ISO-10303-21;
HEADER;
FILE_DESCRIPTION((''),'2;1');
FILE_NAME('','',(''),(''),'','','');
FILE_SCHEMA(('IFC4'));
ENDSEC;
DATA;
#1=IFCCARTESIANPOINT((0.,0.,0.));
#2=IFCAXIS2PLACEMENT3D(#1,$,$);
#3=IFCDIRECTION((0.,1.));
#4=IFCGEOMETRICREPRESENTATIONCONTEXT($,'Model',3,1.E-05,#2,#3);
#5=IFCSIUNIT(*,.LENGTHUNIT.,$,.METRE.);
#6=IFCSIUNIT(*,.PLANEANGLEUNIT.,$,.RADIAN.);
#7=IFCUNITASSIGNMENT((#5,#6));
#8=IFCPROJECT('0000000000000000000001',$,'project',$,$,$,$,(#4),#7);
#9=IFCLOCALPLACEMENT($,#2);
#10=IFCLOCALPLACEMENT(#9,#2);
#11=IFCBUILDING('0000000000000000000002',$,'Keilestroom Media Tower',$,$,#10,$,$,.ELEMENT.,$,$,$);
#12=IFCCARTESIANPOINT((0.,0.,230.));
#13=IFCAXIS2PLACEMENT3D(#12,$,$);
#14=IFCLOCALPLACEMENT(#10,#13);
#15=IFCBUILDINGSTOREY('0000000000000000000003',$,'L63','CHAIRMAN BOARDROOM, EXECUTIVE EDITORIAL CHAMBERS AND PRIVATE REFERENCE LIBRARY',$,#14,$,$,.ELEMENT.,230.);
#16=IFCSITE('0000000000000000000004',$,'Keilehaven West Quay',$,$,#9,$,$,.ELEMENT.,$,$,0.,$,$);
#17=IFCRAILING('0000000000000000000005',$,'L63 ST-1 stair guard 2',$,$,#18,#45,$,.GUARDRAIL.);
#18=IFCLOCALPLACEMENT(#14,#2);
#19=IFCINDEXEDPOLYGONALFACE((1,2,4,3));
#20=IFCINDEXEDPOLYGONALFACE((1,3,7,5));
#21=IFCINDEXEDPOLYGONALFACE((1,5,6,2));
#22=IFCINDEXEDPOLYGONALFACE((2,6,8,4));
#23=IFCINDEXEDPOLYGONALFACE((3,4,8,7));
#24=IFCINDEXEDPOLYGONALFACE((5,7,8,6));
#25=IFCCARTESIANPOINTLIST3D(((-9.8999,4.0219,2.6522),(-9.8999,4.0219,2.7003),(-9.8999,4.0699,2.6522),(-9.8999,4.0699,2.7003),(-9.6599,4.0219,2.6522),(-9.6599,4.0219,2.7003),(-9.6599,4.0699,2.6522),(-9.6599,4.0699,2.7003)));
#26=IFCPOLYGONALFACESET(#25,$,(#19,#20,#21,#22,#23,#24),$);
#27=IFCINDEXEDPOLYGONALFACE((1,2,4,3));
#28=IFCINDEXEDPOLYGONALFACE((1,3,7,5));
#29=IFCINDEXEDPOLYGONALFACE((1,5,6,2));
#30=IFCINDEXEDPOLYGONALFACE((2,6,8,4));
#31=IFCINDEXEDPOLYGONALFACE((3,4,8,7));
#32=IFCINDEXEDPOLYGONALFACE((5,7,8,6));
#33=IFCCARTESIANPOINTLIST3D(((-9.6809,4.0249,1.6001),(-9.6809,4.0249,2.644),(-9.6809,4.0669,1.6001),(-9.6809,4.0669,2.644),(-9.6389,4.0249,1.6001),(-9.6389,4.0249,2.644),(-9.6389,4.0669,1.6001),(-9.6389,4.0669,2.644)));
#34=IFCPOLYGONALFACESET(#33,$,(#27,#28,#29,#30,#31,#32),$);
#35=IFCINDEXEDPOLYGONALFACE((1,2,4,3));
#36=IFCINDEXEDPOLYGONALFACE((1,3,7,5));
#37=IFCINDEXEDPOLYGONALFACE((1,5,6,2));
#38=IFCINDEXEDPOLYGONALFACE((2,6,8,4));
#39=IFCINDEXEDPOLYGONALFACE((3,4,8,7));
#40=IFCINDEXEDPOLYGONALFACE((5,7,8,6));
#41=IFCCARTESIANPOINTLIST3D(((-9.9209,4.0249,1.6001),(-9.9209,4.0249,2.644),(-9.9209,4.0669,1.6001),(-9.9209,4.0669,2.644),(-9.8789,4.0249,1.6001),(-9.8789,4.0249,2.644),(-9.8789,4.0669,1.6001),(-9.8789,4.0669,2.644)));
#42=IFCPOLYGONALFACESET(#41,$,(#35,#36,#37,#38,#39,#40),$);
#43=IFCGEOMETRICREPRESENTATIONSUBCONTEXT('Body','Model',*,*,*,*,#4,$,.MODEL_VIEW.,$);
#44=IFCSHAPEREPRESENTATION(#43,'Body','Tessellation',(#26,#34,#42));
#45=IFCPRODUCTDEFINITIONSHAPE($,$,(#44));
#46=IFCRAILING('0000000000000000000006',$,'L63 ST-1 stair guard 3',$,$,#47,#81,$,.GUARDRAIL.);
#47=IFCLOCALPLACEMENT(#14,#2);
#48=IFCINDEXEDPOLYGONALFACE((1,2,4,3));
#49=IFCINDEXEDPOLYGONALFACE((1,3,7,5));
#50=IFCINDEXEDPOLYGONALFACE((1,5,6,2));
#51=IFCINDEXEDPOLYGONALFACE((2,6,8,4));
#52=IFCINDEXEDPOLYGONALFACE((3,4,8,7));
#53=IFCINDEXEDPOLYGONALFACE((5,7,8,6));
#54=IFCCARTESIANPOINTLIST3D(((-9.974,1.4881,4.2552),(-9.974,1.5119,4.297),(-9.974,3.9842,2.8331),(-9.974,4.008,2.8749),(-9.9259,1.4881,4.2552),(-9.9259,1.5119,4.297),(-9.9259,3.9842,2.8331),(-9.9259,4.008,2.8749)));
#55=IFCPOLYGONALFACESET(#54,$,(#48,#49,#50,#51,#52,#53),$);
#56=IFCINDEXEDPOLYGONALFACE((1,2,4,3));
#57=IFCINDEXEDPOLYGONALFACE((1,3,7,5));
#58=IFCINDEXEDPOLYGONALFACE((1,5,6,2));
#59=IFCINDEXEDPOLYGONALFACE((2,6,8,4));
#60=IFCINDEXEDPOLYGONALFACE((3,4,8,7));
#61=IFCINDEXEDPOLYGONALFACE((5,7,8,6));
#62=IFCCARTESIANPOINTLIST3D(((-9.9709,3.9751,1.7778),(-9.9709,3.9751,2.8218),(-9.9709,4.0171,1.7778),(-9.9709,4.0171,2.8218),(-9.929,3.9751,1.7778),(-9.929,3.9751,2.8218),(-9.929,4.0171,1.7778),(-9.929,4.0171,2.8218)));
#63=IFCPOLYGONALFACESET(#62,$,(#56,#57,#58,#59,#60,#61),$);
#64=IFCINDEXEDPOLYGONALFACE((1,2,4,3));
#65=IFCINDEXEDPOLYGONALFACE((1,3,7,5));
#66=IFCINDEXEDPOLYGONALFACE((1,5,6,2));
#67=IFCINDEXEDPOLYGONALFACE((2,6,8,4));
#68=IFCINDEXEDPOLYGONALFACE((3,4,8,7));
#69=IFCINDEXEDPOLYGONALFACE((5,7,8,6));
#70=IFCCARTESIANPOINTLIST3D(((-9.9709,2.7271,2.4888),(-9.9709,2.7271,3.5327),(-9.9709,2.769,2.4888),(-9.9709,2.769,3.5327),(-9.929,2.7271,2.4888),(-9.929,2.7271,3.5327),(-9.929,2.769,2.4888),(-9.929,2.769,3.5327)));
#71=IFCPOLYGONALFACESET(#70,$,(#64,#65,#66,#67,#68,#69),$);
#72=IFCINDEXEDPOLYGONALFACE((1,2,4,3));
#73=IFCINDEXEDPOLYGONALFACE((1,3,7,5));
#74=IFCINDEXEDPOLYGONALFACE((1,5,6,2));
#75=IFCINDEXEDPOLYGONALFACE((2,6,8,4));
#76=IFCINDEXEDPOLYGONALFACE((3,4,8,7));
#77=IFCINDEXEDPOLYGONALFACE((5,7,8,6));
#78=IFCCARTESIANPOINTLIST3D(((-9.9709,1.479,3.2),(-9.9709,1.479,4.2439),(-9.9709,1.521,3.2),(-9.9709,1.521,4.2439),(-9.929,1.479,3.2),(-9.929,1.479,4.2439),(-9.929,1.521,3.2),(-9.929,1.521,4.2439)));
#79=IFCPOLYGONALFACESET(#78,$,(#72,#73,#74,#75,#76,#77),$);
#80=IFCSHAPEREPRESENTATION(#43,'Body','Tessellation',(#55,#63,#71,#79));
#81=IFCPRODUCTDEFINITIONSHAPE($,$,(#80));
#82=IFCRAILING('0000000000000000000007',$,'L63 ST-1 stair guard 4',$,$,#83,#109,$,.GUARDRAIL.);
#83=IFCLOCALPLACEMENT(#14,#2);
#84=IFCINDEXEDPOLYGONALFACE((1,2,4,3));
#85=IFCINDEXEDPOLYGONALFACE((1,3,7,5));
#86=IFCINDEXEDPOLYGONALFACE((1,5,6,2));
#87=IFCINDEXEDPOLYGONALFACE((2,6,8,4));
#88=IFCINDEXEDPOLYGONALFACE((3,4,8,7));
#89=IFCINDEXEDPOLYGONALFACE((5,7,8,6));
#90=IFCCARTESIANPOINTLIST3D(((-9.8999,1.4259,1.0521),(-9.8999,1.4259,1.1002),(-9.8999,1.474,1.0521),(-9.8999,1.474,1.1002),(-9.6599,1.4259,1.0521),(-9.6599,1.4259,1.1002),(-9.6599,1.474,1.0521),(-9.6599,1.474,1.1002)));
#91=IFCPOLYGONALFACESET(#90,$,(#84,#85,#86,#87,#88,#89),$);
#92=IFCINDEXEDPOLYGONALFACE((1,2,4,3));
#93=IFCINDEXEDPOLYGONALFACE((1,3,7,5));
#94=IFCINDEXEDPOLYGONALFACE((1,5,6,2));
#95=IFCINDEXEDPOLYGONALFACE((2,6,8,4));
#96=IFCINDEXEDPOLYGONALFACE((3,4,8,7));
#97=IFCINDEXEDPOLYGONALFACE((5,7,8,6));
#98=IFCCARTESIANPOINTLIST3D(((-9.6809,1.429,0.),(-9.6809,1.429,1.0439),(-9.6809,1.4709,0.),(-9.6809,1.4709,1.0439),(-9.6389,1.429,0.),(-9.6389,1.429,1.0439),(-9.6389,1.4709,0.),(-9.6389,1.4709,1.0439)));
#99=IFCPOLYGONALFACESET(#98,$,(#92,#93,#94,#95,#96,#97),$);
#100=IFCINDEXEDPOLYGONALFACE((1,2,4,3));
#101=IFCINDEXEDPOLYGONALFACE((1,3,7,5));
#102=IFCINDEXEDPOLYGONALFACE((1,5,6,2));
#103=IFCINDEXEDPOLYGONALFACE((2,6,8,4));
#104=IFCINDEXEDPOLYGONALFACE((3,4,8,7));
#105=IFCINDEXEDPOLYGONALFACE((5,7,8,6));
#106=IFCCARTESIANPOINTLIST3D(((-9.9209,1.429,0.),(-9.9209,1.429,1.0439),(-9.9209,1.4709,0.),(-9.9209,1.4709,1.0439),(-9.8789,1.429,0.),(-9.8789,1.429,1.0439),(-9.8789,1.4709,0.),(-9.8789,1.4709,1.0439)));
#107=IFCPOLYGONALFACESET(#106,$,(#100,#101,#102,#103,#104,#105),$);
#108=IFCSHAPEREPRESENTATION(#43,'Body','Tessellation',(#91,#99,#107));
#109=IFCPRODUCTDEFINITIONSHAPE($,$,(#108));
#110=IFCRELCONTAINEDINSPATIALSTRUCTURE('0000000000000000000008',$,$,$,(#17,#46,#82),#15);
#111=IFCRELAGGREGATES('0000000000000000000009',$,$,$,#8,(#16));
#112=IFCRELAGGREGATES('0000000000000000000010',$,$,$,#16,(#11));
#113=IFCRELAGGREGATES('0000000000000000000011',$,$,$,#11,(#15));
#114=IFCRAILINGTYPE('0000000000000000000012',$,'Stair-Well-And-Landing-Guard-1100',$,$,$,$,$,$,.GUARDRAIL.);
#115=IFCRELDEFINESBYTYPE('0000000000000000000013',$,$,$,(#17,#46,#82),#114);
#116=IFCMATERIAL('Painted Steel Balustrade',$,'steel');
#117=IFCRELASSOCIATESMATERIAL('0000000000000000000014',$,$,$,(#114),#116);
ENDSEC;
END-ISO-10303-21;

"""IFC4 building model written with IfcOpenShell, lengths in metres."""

from ifc_helpers import new_model, si_unit, direction, frame, origin, origin_2d, place, context, subcontext, project, spatial, rectangle, extrude, material, type_object, element, save


model = new_model("IFC4")

# Units and contexts
model_context = context("Model", 3, precision=1e-05, world=origin(), true_north=direction((0.0, 1.0)))
body_context = subcontext(model_context, "Body", "Model", "MODEL_VIEW")
ifc_project = project(units=[si_unit("LENGTHUNIT", "METRE"), si_unit("PLANEANGLEUNIT", "RADIAN")], contexts=[model_context])

# Site, building, storey
site_placement = place(None, origin())
site = spatial("IfcSite", under=ifc_project, at=site_placement, Name="Keilehaven West Quay", CompositionType="ELEMENT", RefElevation=0.0)
building_placement = place(site_placement, origin())
building = spatial("IfcBuilding", under=site, at=building_placement, Name="Keilestroom Media Tower", CompositionType="ELEMENT")
storey_placement = place(building_placement, frame((0.0, 0.0, 230.0)))
storey = spatial("IfcBuildingStorey", under=building, at=storey_placement, Name="L63", Description="CHAIRMAN BOARDROOM, EXECUTIVE EDITORIAL CHAMBERS AND PRIVATE REFERENCE LIBRARY", CompositionType="ELEMENT", Elevation=230.0)

# Railings
ifc_material_1 = material(Name="Painted Steel Balustrade", Category="steel")
railing_type_1 = type_object("IfcRailingType", Name="Stair-Well-And-Landing-Guard-1100", PredefinedType="GUARDRAIL", material=ifc_material_1)
railing_1_placement = place(storey_placement, frame((-9.6599, 4.0459, 1.6001)))
element("IfcRailing", 1, at=railing_1_placement, inside=storey, type_object=railing_type_1, Name="L63 ST-1 stair guard 2", PredefinedType="GUARDRAIL", context=body_context, shape_type="SweptSolid", body=[
    extrude(rectangle(XDim=0.0481, YDim=0.0481, at=origin_2d()), frame((0.0, 0.0, 1.0762), z_axis=(-1.0, 0.0, 0.0), x_axis=(0.0, -1.0, 0.0)), (0.0, 0.0, 1.0), 0.24),
    extrude(rectangle(XDim=0.042, YDim=0.042, at=origin_2d()), origin(), (0.0, 0.0, 1.0), 1.0439),
    extrude(rectangle(XDim=0.042, YDim=0.042, at=origin_2d()), frame((-0.24, 0.0, 0.0)), (0.0, 0.0, 1.0), 1.0439),
])
railing_2_placement = place(storey_placement, frame((-9.95, 3.9961, 1.7778)))
element("IfcRailing", 2, at=railing_2_placement, inside=storey, type_object=railing_type_1, Name="L63 ST-1 stair guard 3", PredefinedType="GUARDRAIL", context=body_context, shape_type="SweptSolid", body=[
    extrude(rectangle(XDim=0.0481, YDim=0.0481, at=origin_2d()), frame((0.0, 0.0, 1.0762), z_axis=(0.0, -0.868875, 0.495031), x_axis=(1.0, 0.0, 0.0)), (0.0, 0.0, 1.0), 2.8728),
    extrude(rectangle(XDim=0.042, YDim=0.042, at=origin_2d()), origin(), (0.0, 0.0, 1.0), 1.0439),
    extrude(rectangle(XDim=0.042, YDim=0.042, at=origin_2d()), frame((0.0, -1.248, 0.7109)), (0.0, 0.0, 1.0), 1.0439),
    extrude(rectangle(XDim=0.042, YDim=0.042, at=origin_2d()), frame((0.0, -2.4961, 1.4221)), (0.0, 0.0, 1.0), 1.0439),
])
railing_3_placement = place(storey_placement, frame((-9.6599, 1.45, 0.0)))
element("IfcRailing", 3, at=railing_3_placement, inside=storey, type_object=railing_type_1, Name="L63 ST-1 stair guard 4", PredefinedType="GUARDRAIL", context=body_context, shape_type="SweptSolid", body=[
    extrude(rectangle(XDim=0.0481, YDim=0.0481, at=origin_2d()), frame((0.0, 0.0, 1.0762), z_axis=(-1.0, 0.0, 0.0), x_axis=(0.0, -1.0, 0.0)), (0.0, 0.0, 1.0), 0.24),
    extrude(rectangle(XDim=0.042, YDim=0.042, at=origin_2d()), origin(), (0.0, 0.0, 1.0), 1.0439),
    extrude(rectangle(XDim=0.042, YDim=0.042, at=origin_2d()), frame((-0.24, 0.0, 0.0)), (0.0, 0.0, 1.0), 1.0439),
])

save(model, "model.ifc")
